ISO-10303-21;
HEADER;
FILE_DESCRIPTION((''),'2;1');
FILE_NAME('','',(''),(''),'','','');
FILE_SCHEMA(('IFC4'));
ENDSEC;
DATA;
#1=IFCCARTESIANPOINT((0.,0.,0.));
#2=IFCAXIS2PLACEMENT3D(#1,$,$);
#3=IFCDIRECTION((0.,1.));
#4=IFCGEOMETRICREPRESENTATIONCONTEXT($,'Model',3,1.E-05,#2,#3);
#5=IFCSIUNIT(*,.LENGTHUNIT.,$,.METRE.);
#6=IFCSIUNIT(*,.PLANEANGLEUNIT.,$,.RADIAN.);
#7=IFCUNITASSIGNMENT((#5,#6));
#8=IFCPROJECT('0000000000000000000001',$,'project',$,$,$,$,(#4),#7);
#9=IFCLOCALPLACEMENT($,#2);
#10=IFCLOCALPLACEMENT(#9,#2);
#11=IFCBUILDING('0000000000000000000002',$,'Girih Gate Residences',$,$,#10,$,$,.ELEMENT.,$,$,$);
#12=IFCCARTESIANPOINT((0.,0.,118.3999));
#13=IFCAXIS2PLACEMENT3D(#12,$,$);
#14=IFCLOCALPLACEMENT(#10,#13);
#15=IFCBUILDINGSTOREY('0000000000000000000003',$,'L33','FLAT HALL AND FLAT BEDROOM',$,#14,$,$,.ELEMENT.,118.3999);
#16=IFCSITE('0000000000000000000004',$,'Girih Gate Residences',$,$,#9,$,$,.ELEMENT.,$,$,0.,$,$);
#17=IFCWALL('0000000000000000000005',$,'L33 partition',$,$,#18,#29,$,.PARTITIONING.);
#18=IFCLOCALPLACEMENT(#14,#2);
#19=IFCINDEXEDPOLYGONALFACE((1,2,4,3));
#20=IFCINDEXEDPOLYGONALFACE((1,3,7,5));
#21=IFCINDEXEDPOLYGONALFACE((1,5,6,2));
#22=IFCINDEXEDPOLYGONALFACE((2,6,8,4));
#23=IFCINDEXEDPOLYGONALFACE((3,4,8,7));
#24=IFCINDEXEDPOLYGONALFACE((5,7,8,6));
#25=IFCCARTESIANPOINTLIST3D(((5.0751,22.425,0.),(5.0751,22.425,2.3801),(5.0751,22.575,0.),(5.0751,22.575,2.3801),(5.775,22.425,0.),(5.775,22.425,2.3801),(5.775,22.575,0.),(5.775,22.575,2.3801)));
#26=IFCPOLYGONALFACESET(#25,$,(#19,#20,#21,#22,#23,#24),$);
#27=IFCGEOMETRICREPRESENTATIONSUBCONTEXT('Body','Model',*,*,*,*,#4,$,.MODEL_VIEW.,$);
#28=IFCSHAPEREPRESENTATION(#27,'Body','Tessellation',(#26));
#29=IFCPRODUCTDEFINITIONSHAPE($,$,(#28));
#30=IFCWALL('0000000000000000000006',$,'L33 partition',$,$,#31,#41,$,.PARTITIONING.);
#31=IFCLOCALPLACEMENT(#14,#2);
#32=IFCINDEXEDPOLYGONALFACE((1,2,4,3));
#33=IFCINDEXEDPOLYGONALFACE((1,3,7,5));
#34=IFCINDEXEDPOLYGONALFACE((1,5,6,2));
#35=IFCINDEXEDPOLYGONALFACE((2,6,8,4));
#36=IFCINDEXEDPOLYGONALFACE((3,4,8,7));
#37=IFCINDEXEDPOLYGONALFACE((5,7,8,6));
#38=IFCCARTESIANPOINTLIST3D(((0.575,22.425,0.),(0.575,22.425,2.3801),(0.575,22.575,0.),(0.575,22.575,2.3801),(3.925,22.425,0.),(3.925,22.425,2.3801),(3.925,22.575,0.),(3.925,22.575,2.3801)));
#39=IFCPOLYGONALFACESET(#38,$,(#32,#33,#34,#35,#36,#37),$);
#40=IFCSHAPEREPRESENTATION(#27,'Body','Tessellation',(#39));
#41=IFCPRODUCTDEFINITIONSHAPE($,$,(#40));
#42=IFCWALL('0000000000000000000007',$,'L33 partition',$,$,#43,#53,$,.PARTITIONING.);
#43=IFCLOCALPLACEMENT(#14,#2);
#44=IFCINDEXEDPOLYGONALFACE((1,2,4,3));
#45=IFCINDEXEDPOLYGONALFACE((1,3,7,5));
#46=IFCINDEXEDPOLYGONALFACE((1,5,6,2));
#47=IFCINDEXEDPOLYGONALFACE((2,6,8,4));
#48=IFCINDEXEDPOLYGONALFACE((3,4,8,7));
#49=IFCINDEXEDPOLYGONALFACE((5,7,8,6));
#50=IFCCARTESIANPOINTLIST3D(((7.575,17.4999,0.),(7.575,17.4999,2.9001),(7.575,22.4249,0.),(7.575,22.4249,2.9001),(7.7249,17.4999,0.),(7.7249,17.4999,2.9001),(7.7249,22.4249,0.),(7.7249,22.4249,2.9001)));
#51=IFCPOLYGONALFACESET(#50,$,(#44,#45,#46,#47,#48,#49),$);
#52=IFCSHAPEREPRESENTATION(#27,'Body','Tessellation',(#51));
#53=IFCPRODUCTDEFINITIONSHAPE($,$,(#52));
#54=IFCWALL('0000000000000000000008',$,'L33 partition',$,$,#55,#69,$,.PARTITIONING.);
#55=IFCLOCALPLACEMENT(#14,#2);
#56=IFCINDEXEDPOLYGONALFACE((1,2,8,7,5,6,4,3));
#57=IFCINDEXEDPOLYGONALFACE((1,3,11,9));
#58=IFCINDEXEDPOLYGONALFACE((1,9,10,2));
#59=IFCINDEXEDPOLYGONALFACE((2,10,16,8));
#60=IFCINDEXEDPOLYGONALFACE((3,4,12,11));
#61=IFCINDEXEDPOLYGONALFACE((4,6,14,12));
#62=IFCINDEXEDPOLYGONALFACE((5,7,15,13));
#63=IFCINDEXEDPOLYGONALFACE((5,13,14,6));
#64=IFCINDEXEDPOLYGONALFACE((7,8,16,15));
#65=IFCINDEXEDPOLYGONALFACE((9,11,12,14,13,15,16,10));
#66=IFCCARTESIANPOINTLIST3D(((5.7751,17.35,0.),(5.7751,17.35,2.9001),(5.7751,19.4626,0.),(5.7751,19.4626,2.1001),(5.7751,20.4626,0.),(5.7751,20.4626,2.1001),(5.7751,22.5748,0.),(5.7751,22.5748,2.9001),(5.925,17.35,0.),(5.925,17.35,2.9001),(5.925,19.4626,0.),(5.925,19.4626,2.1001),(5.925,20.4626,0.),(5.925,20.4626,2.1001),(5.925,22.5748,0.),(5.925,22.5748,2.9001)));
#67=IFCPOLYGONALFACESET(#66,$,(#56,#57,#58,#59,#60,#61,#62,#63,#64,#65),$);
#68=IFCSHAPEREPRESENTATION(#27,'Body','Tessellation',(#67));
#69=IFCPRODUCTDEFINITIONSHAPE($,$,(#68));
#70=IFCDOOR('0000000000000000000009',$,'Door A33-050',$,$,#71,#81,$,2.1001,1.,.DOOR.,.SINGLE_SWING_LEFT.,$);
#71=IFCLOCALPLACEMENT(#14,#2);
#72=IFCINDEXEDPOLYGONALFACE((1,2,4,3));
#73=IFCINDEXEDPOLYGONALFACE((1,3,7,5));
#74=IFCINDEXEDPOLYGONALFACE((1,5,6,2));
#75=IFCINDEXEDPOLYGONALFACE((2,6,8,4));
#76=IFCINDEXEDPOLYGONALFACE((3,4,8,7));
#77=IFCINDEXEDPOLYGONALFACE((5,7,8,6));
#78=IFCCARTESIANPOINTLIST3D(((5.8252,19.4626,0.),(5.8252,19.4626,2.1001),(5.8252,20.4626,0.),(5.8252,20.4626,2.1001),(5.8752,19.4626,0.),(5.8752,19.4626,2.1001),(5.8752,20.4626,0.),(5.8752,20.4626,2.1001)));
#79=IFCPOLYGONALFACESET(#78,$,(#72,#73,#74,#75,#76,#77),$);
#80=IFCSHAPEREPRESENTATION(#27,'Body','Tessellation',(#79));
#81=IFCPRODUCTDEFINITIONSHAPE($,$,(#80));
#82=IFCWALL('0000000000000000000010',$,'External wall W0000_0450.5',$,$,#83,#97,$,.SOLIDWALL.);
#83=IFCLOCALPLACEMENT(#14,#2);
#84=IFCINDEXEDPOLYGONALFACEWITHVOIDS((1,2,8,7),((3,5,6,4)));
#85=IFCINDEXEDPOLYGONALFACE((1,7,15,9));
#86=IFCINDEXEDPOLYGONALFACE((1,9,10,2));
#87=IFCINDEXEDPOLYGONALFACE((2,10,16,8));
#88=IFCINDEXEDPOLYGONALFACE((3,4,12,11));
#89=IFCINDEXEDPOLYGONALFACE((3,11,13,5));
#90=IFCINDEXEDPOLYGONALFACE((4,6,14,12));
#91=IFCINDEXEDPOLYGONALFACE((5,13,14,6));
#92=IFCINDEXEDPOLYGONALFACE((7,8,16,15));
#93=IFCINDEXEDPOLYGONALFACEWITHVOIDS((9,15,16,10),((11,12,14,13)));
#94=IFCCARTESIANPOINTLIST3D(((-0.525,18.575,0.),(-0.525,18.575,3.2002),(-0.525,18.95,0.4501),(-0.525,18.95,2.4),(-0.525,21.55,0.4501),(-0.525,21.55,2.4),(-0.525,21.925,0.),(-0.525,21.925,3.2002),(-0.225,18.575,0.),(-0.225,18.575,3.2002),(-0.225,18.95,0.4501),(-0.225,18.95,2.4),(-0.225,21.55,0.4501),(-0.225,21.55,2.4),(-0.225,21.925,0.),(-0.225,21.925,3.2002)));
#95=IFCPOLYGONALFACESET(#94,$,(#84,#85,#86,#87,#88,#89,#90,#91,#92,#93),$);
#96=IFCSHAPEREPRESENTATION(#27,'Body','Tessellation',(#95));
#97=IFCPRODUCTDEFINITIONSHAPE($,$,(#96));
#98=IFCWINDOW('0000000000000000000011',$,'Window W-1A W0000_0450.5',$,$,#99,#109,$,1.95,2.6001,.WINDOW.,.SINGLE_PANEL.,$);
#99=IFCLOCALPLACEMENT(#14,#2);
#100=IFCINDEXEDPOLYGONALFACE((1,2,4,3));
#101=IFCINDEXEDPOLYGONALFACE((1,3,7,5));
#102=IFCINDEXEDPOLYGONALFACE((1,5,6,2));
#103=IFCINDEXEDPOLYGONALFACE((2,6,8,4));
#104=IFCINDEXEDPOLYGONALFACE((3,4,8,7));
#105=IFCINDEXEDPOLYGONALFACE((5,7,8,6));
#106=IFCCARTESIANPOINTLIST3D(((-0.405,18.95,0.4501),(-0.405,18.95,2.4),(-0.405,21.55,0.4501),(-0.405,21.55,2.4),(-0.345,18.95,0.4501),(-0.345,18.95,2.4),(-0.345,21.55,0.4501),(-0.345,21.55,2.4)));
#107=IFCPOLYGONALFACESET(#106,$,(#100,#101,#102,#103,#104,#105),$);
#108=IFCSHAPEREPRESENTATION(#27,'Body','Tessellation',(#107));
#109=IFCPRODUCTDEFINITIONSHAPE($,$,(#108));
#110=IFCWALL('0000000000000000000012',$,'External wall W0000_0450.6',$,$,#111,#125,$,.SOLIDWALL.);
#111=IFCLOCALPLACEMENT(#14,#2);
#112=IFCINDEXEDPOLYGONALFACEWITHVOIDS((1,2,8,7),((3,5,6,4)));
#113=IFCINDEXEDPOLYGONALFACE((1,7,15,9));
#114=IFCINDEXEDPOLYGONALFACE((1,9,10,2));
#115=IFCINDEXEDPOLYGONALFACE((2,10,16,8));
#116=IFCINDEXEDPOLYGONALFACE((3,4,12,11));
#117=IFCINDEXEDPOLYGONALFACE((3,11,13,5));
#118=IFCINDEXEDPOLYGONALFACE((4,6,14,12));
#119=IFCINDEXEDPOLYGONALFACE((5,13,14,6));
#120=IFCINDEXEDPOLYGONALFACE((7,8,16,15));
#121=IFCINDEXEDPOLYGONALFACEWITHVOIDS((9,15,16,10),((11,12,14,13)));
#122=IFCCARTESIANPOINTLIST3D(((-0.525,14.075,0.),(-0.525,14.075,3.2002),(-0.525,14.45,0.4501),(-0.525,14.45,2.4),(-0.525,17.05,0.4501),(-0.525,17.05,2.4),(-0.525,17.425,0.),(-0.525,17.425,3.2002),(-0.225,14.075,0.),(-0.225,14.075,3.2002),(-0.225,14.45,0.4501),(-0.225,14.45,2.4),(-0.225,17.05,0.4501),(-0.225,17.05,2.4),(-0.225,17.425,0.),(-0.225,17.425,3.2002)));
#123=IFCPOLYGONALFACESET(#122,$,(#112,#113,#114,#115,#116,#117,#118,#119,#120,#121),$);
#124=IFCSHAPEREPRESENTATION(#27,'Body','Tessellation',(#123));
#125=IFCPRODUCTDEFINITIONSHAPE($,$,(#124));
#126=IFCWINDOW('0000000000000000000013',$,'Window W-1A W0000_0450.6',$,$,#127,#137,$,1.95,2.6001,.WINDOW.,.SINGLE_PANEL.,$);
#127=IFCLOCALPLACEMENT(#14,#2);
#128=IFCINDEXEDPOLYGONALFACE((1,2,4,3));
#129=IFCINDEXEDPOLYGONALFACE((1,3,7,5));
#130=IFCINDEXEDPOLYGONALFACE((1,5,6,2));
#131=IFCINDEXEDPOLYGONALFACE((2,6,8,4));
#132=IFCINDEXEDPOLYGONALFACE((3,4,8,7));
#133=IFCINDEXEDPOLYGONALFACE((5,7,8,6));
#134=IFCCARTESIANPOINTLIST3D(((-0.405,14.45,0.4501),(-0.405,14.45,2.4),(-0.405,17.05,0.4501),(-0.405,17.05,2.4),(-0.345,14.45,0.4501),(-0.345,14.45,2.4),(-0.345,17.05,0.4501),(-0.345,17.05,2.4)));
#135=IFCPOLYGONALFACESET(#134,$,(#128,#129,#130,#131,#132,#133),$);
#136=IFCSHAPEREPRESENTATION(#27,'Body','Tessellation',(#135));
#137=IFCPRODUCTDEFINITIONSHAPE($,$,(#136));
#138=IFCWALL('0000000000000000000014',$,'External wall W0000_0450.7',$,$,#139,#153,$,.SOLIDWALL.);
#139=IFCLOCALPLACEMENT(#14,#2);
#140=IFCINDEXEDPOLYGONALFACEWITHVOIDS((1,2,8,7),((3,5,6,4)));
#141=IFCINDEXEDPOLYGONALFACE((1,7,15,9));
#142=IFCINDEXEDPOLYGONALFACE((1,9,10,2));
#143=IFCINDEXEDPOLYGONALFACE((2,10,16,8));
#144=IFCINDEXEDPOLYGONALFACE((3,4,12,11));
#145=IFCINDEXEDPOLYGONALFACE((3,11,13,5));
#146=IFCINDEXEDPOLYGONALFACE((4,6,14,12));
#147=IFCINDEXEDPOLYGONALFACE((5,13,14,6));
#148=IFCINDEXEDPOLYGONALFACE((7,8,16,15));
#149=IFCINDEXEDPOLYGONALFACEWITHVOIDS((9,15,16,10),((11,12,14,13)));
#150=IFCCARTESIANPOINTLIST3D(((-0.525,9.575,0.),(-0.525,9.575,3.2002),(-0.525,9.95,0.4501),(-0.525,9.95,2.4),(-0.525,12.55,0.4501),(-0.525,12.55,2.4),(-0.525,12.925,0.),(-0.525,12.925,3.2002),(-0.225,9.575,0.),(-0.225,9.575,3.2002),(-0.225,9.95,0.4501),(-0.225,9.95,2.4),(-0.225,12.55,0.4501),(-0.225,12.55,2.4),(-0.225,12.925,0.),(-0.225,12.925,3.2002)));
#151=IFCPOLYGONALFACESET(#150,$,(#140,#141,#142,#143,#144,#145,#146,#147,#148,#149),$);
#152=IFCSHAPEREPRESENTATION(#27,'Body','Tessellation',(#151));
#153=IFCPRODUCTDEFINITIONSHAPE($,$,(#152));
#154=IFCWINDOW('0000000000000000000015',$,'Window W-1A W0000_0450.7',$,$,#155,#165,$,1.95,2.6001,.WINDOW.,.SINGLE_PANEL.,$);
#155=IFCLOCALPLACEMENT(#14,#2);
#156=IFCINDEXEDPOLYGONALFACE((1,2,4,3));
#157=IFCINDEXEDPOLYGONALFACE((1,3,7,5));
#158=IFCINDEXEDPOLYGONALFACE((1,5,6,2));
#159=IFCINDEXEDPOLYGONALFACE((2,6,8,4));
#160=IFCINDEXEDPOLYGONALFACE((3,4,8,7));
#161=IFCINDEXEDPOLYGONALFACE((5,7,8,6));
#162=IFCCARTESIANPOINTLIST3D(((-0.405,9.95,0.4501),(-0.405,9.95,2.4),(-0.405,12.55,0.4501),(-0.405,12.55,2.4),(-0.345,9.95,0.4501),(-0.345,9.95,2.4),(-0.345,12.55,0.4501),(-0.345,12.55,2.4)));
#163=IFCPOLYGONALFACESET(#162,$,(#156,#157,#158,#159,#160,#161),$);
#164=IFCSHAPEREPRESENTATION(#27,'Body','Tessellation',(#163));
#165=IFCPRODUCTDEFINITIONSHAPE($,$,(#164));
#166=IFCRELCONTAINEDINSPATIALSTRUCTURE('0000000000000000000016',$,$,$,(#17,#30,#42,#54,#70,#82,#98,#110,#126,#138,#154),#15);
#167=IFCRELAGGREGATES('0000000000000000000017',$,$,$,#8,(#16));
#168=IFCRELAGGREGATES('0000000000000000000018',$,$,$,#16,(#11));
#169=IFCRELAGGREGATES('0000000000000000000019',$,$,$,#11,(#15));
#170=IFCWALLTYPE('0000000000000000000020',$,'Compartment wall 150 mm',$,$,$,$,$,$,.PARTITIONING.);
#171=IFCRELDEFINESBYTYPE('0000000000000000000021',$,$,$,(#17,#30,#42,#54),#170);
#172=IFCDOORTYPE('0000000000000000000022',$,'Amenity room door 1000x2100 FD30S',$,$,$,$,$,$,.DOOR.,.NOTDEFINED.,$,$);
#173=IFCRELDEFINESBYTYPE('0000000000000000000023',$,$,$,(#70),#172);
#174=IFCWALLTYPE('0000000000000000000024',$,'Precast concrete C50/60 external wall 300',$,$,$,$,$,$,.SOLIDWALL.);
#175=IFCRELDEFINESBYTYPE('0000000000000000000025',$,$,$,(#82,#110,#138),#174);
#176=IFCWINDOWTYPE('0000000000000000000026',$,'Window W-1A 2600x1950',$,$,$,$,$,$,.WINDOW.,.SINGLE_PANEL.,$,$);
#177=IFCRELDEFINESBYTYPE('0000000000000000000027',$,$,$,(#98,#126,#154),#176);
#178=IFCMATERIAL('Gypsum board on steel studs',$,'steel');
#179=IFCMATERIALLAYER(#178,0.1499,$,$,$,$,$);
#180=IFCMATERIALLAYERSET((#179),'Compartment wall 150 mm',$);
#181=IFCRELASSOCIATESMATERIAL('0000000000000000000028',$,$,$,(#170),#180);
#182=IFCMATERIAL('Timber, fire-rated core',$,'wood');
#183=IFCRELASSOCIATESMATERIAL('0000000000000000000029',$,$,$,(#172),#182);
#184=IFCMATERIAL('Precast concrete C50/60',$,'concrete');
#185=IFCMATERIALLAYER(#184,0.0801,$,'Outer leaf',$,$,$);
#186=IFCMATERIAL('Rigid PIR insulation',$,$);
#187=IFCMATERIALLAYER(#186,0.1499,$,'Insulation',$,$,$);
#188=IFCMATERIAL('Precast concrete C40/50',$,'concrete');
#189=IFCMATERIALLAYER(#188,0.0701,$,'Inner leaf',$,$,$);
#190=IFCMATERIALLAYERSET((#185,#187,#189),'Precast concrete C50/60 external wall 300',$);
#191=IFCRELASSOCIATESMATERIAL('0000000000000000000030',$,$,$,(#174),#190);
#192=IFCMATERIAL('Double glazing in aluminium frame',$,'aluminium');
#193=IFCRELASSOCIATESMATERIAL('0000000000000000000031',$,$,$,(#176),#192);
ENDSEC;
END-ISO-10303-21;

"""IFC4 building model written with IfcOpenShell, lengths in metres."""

from ifc_helpers import new_model, si_unit, direction, frame, frame_2d, origin, place, context, subcontext, project, spatial, rectangle, extrude, material, layer, layer_set, type_object, element, fill, save


model = new_model("IFC4")

# Units and contexts
model_context = context("Model", 3, precision=1e-05, world=origin(), true_north=direction((0.0, 1.0)))
body_context = subcontext(model_context, "Body", "Model", "MODEL_VIEW")
ifc_project = project(units=[si_unit("LENGTHUNIT", "METRE"), si_unit("PLANEANGLEUNIT", "RADIAN")], contexts=[model_context])

# Site, building, storey
site_placement = place(None, origin())
site = spatial("IfcSite", under=ifc_project, at=site_placement, Name="Girih Gate Residences", CompositionType="ELEMENT", RefElevation=0.0)
building_placement = place(site_placement, origin())
building = spatial("IfcBuilding", under=site, at=building_placement, Name="Girih Gate Residences", CompositionType="ELEMENT")
storey_placement = place(building_placement, frame((0.0, 0.0, 118.3999)))
storey = spatial("IfcBuildingStorey", under=building, at=storey_placement, Name="L33", Description="FLAT HALL AND FLAT BEDROOM", CompositionType="ELEMENT", Elevation=118.3999)

# Shared definitions
ifc_material_1 = material(Name="Gypsum board on steel studs", Category="steel")
ifc_layer_1 = layer(ifc_material_1, 0.1499)
ifc_layer_set_1 = layer_set([ifc_layer_1], Name="Compartment wall 150 mm")
wall_type_1 = type_object("IfcWallType", Name="Compartment wall 150 mm", PredefinedType="PARTITIONING", material=ifc_layer_set_1)

# Walls
wall_1_placement = place(storey_placement, frame((5.075, 22.5, 0.0), z_axis=(0.0, 0.0, 1.0), x_axis=(1.0, 0.0, 0.0)))
element("IfcWall", 1, at=wall_1_placement, inside=storey, type_object=wall_type_1, Name="L33 partition", PredefinedType="PARTITIONING", context=body_context, shape_type="SweptSolid", body=[
    extrude(rectangle(XDim=0.7, YDim=0.1499, at=frame_2d((0.3501, 0.0))), origin(), (0.0, 0.0, 1.0), 2.3801),
])
wall_2_placement = place(storey_placement, frame((0.575, 22.5, 0.0), z_axis=(0.0, 0.0, 1.0), x_axis=(1.0, 0.0, 0.0)))
element("IfcWall", 2, at=wall_2_placement, inside=storey, type_object=wall_type_1, Name="L33 partition", PredefinedType="PARTITIONING", context=body_context, shape_type="SweptSolid", body=[
    extrude(rectangle(XDim=3.3501, YDim=0.1499, at=frame_2d((1.675, 0.0))), origin(), (0.0, 0.0, 1.0), 2.3801),
])
wall_3_placement = place(storey_placement, frame((7.6499, 17.5, 0.0), z_axis=(0.0, 0.0, 1.0), x_axis=(0.0, 1.0, 0.0)))
element("IfcWall", 3, at=wall_3_placement, inside=storey, type_object=wall_type_1, Name="L33 partition", PredefinedType="PARTITIONING", context=body_context, shape_type="SweptSolid", body=[
    extrude(rectangle(XDim=4.925, YDim=0.1499, at=frame_2d((2.4624, 0.0))), origin(), (0.0, 0.0, 1.0), 2.9001),
])

# Wall, opening, door
wall_4_placement = place(storey_placement, frame((5.8501, 17.3501, 0.0), z_axis=(0.0, 0.0, 1.0), x_axis=(0.0, 1.0, 0.0)))
wall_4 = element("IfcWall", 4, at=wall_4_placement, inside=storey, type_object=wall_type_1, Name="L33 partition", PredefinedType="PARTITIONING", context=body_context, shape_type="SweptSolid", body=[
    extrude(rectangle(XDim=5.2249, YDim=0.1499, at=frame_2d((2.6123, 0.0))), origin(), (0.0, 0.0, 1.0), 2.9001),
])
opening_1_placement = place(wall_4_placement, frame((2.1125, 0.0, 0.0)))
opening_1 = element("IfcOpeningElement", 5, at=opening_1_placement, cuts=wall_4, PredefinedType="OPENING", context=body_context, shape_type="SweptSolid", body=[
    extrude(rectangle(XDim=1.0, YDim=2.1001, at=frame_2d((0.5, 1.05))), frame((0.0, 0.085, 0.0), z_axis=(0.0, -1.0, 0.0), x_axis=(1.0, 0.0, 0.0)), (0.0, 0.0, 1.0), 0.1699),
])
ifc_material_2 = material(Name="Timber, fire-rated core", Category="wood")
door_type_1 = type_object("IfcDoorType", Name="Amenity room door 1000x2100 FD30S", OperationType="NOTDEFINED", PredefinedType="DOOR", material=ifc_material_2)
door_1_placement = place(opening_1_placement, origin())
door_1 = element("IfcDoor", 6, at=door_1_placement, inside=storey, type_object=door_type_1, Name="Door A33-050", OperationType="SINGLE_SWING_LEFT", OverallHeight=2.1001, OverallWidth=1.0, PredefinedType="DOOR", context=body_context, shape_type="SweptSolid", body=[
    extrude(rectangle(XDim=1.0, YDim=2.1001, at=frame_2d((0.5, 1.05))), frame((0.0, 0.0249, 0.0), z_axis=(0.0, -1.0, 0.0), x_axis=(1.0, 0.0, 0.0)), (0.0, 0.0, 1.0), 0.05),
])
fill(opening_1, door_1)

# Walls, openings, windows
ifc_material_3 = material(Name="Precast concrete C50/60", Category="concrete")
ifc_layer_2 = layer(ifc_material_3, 0.0801, Name="Outer leaf")
ifc_material_4 = material(Name="Rigid PIR insulation")
ifc_layer_3 = layer(ifc_material_4, 0.1499, Name="Insulation")
ifc_material_5 = material(Name="Precast concrete C40/50", Category="concrete")
ifc_layer_4 = layer(ifc_material_5, 0.0701, Name="Inner leaf")
ifc_layer_set_2 = layer_set([ifc_layer_2, ifc_layer_3, ifc_layer_4], Name="Precast concrete C50/60 external wall 300")
wall_type_2 = type_object("IfcWallType", Name="Precast concrete C50/60 external wall 300", PredefinedType="SOLIDWALL", material=ifc_layer_set_2)
wall_5_placement = place(storey_placement, frame((-0.375, 18.575, 0.0), z_axis=(0.0, 0.0, 1.0), x_axis=(0.0, 1.0, 0.0)))
wall_5 = element("IfcWall", 7, at=wall_5_placement, inside=storey, type_object=wall_type_2, Name="External wall W0000_0450.5", PredefinedType="SOLIDWALL", context=body_context, shape_type="SweptSolid", body=[
    extrude(rectangle(XDim=3.3501, YDim=0.3, at=frame_2d((1.675, 0.0))), origin(), (0.0, 0.0, 1.0), 3.2002),
])
opening_2_placement = place(wall_5_placement, frame((0.375, 0.0, 0.45)))
opening_2 = element("IfcOpeningElement", 8, at=opening_2_placement, cuts=wall_5, PredefinedType="OPENING", context=body_context, shape_type="SweptSolid", body=[
    extrude(rectangle(XDim=2.6001, YDim=1.95, at=frame_2d((1.3, 0.9751))), frame((0.0, 0.1599, 0.0), z_axis=(0.0, -1.0, 0.0), x_axis=(1.0, 0.0, 0.0)), (0.0, 0.0, 1.0), 0.3201),
])
ifc_material_6 = material(Name="Double glazing in aluminium frame", Category="aluminium")
window_type = type_object("IfcWindowType", Name="Window W-1A 2600x1950", PartitioningType="SINGLE_PANEL", PredefinedType="WINDOW", material=ifc_material_6)
window_1_placement = place(opening_2_placement, origin())
window_1 = element("IfcWindow", 9, at=window_1_placement, inside=storey, type_object=window_type, Name="Window W-1A W0000_0450.5", OverallHeight=1.95, OverallWidth=2.6001, PartitioningType="SINGLE_PANEL", PredefinedType="WINDOW", context=body_context, shape_type="SweptSolid", body=[
    extrude(rectangle(XDim=2.6001, YDim=1.95, at=frame_2d((1.3, 0.9751))), frame((0.0, 0.03, 0.0), z_axis=(0.0, -1.0, 0.0), x_axis=(1.0, 0.0, 0.0)), (0.0, 0.0, 1.0), 0.0601),
])
fill(opening_2, window_1)
wall_6_placement = place(storey_placement, frame((-0.375, 14.075, 0.0), z_axis=(0.0, 0.0, 1.0), x_axis=(0.0, 1.0, 0.0)))
wall_6 = element("IfcWall", 10, at=wall_6_placement, inside=storey, type_object=wall_type_2, Name="External wall W0000_0450.6", PredefinedType="SOLIDWALL", context=body_context, shape_type="SweptSolid", body=[
    extrude(rectangle(XDim=3.3501, YDim=0.3, at=frame_2d((1.675, 0.0))), origin(), (0.0, 0.0, 1.0), 3.2002),
])
opening_3_placement = place(wall_6_placement, frame((0.375, 0.0, 0.45)))
opening_3 = element("IfcOpeningElement", 11, at=opening_3_placement, cuts=wall_6, PredefinedType="OPENING", context=body_context, shape_type="SweptSolid", body=[
    extrude(rectangle(XDim=2.6001, YDim=1.95, at=frame_2d((1.3, 0.9751))), frame((0.0, 0.1599, 0.0), z_axis=(0.0, -1.0, 0.0), x_axis=(1.0, 0.0, 0.0)), (0.0, 0.0, 1.0), 0.3201),
])
window_2_placement = place(opening_3_placement, origin())
window_2 = element("IfcWindow", 12, at=window_2_placement, inside=storey, type_object=window_type, Name="Window W-1A W0000_0450.6", OverallHeight=1.95, OverallWidth=2.6001, PartitioningType="SINGLE_PANEL", PredefinedType="WINDOW", context=body_context, shape_type="SweptSolid", body=[
    extrude(rectangle(XDim=2.6001, YDim=1.95, at=frame_2d((1.3, 0.9751))), frame((0.0, 0.03, 0.0), z_axis=(0.0, -1.0, 0.0), x_axis=(1.0, 0.0, 0.0)), (0.0, 0.0, 1.0), 0.0601),
])
fill(opening_3, window_2)
wall_7_placement = place(storey_placement, frame((-0.375, 9.575, 0.0), z_axis=(0.0, 0.0, 1.0), x_axis=(0.0, 1.0, 0.0)))
wall_7 = element("IfcWall", 13, at=wall_7_placement, inside=storey, type_object=wall_type_2, Name="External wall W0000_0450.7", PredefinedType="SOLIDWALL", context=body_context, shape_type="SweptSolid", body=[
    extrude(rectangle(XDim=3.3501, YDim=0.3, at=frame_2d((1.675, 0.0))), origin(), (0.0, 0.0, 1.0), 3.2002),
])
opening_4_placement = place(wall_7_placement, frame((0.375, 0.0, 0.45)))
opening_4 = element("IfcOpeningElement", 14, at=opening_4_placement, cuts=wall_7, PredefinedType="OPENING", context=body_context, shape_type="SweptSolid", body=[
    extrude(rectangle(XDim=2.6001, YDim=1.95, at=frame_2d((1.3, 0.9751))), frame((0.0, 0.1599, 0.0), z_axis=(0.0, -1.0, 0.0), x_axis=(1.0, 0.0, 0.0)), (0.0, 0.0, 1.0), 0.3201),
])
window_3_placement = place(opening_4_placement, origin())
window_3 = element("IfcWindow", 15, at=window_3_placement, inside=storey, type_object=window_type, Name="Window W-1A W0000_0450.7", OverallHeight=1.95, OverallWidth=2.6001, PartitioningType="SINGLE_PANEL", PredefinedType="WINDOW", context=body_context, shape_type="SweptSolid", body=[
    extrude(rectangle(XDim=2.6001, YDim=1.95, at=frame_2d((1.3, 0.9751))), frame((0.0, 0.03, 0.0), z_axis=(0.0, -1.0, 0.0), x_axis=(1.0, 0.0, 0.0)), (0.0, 0.0, 1.0), 0.0601),
])
fill(opening_4, window_3)

save(model, "model.ifc")
